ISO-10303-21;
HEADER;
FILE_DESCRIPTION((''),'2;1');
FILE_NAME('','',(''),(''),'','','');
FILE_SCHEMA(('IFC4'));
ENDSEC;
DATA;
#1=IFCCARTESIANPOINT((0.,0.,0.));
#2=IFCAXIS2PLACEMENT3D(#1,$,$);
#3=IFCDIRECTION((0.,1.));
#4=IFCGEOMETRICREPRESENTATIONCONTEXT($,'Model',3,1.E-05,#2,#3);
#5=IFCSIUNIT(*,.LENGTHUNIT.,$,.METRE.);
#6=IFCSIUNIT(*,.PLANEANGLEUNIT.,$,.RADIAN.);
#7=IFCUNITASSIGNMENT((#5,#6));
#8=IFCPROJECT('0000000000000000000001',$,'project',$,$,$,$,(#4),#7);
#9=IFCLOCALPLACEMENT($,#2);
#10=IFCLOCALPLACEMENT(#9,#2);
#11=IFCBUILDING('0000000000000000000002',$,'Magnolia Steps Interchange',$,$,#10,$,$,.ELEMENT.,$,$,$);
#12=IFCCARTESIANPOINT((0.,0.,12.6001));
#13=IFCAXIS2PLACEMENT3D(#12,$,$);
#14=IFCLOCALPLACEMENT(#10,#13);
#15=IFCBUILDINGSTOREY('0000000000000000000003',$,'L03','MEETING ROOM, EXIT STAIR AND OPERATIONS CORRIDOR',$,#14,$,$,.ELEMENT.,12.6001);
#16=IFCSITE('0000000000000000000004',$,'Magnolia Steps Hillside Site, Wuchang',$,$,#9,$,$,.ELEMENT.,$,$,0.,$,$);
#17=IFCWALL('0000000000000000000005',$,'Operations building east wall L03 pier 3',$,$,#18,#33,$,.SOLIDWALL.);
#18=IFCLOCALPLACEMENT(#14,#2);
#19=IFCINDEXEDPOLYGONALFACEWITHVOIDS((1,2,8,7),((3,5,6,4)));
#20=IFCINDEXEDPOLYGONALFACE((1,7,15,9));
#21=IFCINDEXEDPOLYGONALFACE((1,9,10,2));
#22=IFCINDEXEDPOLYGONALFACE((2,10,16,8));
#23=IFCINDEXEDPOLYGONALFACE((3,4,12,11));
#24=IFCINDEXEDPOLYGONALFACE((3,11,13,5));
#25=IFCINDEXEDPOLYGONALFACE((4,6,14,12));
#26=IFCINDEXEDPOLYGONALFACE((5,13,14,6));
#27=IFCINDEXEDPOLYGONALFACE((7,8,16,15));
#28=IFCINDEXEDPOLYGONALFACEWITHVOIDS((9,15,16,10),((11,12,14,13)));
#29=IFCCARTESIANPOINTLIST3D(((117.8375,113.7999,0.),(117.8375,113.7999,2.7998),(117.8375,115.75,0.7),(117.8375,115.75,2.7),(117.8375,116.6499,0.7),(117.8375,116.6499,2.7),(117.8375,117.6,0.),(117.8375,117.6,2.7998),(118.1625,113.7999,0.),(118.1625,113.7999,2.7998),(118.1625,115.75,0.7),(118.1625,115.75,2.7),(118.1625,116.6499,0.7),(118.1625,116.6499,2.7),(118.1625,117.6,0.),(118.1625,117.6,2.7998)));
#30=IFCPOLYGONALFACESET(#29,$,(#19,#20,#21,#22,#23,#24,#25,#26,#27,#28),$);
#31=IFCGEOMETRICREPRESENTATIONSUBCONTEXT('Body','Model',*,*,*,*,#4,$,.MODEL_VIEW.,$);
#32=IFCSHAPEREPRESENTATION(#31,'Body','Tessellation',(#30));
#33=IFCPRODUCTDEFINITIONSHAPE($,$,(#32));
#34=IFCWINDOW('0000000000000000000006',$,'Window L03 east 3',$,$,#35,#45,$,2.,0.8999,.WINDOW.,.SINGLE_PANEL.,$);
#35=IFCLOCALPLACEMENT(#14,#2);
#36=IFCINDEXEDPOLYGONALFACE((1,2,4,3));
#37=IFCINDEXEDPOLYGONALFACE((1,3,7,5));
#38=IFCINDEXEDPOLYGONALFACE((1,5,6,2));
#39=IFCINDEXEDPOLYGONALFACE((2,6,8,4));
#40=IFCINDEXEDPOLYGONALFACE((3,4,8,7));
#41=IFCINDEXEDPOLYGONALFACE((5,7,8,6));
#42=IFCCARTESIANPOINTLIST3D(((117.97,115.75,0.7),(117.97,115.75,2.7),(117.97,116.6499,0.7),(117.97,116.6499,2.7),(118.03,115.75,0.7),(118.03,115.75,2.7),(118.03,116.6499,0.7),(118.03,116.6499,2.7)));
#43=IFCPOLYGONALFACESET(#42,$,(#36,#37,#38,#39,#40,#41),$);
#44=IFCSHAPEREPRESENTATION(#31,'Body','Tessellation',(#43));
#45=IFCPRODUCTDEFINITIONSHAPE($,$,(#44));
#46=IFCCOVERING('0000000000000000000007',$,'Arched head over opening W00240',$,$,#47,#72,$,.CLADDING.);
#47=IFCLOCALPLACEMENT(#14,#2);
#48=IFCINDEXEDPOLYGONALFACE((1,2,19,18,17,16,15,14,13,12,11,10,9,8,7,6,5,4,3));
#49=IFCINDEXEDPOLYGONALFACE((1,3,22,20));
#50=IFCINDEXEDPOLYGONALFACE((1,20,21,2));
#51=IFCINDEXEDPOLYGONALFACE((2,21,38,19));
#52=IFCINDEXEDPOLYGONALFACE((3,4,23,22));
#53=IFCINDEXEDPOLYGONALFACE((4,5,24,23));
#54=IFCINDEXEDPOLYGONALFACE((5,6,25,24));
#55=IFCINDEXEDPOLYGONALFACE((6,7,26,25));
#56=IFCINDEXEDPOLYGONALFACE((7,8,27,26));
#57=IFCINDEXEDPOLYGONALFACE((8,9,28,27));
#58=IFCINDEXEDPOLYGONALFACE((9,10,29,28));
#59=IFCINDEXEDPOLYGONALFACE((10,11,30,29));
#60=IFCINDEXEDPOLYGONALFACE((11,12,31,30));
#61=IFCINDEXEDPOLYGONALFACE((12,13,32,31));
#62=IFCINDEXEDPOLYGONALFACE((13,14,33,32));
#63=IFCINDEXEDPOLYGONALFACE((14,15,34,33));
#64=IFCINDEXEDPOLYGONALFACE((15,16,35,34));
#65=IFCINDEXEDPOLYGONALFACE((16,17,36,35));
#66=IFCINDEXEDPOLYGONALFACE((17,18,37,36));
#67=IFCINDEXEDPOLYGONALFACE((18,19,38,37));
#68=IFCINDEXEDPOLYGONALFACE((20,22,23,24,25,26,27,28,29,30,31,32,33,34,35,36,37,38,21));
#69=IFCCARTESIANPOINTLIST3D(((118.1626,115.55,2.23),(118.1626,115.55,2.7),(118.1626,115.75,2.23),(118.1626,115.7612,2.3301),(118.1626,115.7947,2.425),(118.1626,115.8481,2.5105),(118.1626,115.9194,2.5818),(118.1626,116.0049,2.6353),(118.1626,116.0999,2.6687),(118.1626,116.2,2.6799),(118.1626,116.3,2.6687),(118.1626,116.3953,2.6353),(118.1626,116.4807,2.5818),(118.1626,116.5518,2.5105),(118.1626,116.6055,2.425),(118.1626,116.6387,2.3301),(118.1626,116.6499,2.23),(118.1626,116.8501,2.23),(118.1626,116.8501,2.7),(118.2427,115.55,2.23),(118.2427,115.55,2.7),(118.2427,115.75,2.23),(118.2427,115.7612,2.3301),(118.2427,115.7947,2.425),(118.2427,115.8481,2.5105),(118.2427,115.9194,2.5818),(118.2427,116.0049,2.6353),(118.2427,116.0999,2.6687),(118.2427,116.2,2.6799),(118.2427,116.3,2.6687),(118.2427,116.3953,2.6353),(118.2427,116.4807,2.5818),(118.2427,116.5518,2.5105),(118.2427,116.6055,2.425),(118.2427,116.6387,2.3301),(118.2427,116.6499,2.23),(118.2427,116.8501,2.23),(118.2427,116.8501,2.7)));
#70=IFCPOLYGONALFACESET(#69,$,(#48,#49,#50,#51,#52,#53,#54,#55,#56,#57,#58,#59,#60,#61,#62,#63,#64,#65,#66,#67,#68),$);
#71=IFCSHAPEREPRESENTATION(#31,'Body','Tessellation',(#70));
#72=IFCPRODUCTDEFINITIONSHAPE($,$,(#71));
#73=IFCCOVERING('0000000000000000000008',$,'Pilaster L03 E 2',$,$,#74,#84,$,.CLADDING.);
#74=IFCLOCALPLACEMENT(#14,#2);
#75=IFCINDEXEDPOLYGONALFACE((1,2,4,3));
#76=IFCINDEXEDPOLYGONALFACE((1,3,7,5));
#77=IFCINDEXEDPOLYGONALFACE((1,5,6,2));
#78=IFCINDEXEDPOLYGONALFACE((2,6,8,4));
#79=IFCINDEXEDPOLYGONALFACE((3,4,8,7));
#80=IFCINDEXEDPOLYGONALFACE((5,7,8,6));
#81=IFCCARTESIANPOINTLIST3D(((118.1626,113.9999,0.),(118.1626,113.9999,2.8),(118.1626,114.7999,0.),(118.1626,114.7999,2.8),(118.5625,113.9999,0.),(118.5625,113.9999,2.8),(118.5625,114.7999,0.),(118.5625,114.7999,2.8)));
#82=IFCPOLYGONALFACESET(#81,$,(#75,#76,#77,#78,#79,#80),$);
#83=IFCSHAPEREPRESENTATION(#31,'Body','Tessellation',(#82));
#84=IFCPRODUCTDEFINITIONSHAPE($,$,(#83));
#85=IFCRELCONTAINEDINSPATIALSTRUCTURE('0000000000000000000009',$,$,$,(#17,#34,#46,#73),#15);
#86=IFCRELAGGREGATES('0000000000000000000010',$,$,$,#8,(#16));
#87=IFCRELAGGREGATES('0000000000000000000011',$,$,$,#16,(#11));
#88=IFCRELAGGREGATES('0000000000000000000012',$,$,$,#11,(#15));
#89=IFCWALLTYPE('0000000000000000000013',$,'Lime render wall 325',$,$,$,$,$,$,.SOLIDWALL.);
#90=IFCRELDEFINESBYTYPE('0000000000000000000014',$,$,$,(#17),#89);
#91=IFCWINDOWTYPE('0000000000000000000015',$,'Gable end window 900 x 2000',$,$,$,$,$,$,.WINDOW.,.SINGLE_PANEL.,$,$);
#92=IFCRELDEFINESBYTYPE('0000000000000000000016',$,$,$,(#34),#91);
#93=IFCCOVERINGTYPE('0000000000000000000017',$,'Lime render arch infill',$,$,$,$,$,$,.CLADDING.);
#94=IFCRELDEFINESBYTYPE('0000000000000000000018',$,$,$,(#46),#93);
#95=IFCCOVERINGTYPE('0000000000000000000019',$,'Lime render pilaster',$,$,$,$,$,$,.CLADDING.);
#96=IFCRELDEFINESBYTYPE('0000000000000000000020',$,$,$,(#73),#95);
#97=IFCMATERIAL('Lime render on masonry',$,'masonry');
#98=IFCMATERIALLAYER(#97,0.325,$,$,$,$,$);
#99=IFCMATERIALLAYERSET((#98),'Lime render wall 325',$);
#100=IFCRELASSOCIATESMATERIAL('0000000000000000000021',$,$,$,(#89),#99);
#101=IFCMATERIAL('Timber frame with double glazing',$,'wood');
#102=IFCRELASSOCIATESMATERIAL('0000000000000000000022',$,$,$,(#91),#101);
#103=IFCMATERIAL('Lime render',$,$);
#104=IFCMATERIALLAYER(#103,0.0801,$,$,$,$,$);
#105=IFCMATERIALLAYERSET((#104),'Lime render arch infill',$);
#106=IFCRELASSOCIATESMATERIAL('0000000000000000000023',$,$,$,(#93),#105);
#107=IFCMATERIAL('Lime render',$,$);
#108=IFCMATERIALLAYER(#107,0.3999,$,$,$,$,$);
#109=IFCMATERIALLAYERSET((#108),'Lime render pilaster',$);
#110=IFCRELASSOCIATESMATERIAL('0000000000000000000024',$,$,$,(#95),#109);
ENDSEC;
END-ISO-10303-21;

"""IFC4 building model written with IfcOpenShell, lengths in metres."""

from ifc_helpers import new_model, si_unit, direction, frame, frame_2d, origin, origin_2d, place, context, subcontext, project, spatial, polyline, rectangle, outline, extrude, material, layer, layer_set, type_object, element, fill, save


model = new_model("IFC4")

# Units and contexts
model_context = context("Model", 3, precision=1e-05, world=origin(), true_north=direction((0.0, 1.0)))
body_context = subcontext(model_context, "Body", "Model", "MODEL_VIEW")
ifc_project = project(units=[si_unit("LENGTHUNIT", "METRE"), si_unit("PLANEANGLEUNIT", "RADIAN")], contexts=[model_context])

# Site, building, storey
site_placement = place(None, origin())
site = spatial("IfcSite", under=ifc_project, at=site_placement, Name="Magnolia Steps Hillside Site, Wuchang", CompositionType="ELEMENT", RefElevation=0.0)
building_placement = place(site_placement, origin())
building = spatial("IfcBuilding", under=site, at=building_placement, Name="Magnolia Steps Interchange", CompositionType="ELEMENT")
storey_placement = place(building_placement, frame((0.0, 0.0, 12.6001)))
storey = spatial("IfcBuildingStorey", under=building, at=storey_placement, Name="L03", Description="MEETING ROOM, EXIT STAIR AND OPERATIONS CORRIDOR", CompositionType="ELEMENT", Elevation=12.6001)

# Wall, opening, window
ifc_material_1 = material(Name="Lime render on masonry", Category="masonry")
ifc_layer_1 = layer(ifc_material_1, 0.325)
ifc_layer_set_1 = layer_set([ifc_layer_1], Name="Lime render wall 325")
wall_type = type_object("IfcWallType", Name="Lime render wall 325", PredefinedType="SOLIDWALL", material=ifc_layer_set_1)
wall_placement = place(storey_placement, frame((118.0, 113.8, 0.0), z_axis=(0.0, 0.0, 1.0), x_axis=(0.0, 1.0, 0.0)))
wall = element("IfcWall", 1, at=wall_placement, inside=storey, type_object=wall_type, Name="Operations building east wall L03 pier 3", PredefinedType="SOLIDWALL", context=body_context, shape_type="SweptSolid", body=[
    extrude(rectangle(XDim=3.8, YDim=0.325, at=frame_2d((1.8999, 0.0))), origin(), (0.0, 0.0, 1.0), 2.7998),
])
opening_placement = place(wall_placement, frame((1.95, 0.0, 0.7)))
opening = element("IfcOpeningElement", 2, at=opening_placement, cuts=wall, PredefinedType="OPENING", context=body_context, shape_type="SweptSolid", body=[
    extrude(rectangle(XDim=0.8999, YDim=2.0, at=frame_2d((0.45, 1.0))), frame((0.0, 0.1724, 0.0), z_axis=(0.0, -1.0, 0.0), x_axis=(1.0, 0.0, 0.0)), (0.0, 0.0, 1.0), 0.345),
])
ifc_material_2 = material(Name="Timber frame with double glazing", Category="wood")
window_type = type_object("IfcWindowType", Name="Gable end window 900 x 2000", PartitioningType="SINGLE_PANEL", PredefinedType="WINDOW", material=ifc_material_2)
window_placement = place(opening_placement, origin())
window = element("IfcWindow", 3, at=window_placement, inside=storey, type_object=window_type, Name="Window L03 east 3", OverallHeight=2.0, OverallWidth=0.8999, PartitioningType="SINGLE_PANEL", PredefinedType="WINDOW", context=body_context, shape_type="SweptSolid", body=[
    extrude(rectangle(XDim=0.8999, YDim=2.0, at=frame_2d((0.45, 1.0))), frame((0.0, 0.03, 0.0), z_axis=(0.0, -1.0, 0.0), x_axis=(1.0, 0.0, 0.0)), (0.0, 0.0, 1.0), 0.0601),
])
fill(opening, window)

# Coverings
ifc_material_3 = material(Name="Lime render")
ifc_layer_2 = layer(ifc_material_3, 0.0801)
ifc_layer_set_2 = layer_set([ifc_layer_2], Name="Lime render arch infill")
covering_type_1 = type_object("IfcCoveringType", Name="Lime render arch infill", PredefinedType="CLADDING", material=ifc_layer_set_2)
covering_1_placement = place(storey_placement, frame((118.1626, 115.55, 2.23), z_axis=(-1.0, 0.0, 0.0), x_axis=(0.0, 0.0, 1.0)))
element("IfcCovering", 4, at=covering_1_placement, inside=storey, type_object=covering_type_1, Name="Arched head over opening W00240", PredefinedType="CLADDING", context=body_context, shape_type="SweptSolid", body=[
    extrude(outline(polyline([(0.0, 0.0), (0.47, 0.0), (0.47, 1.3), (0.0, 1.3), (0.0, 1.0999), (0.1001, 1.0886), (0.1951, 1.0554), (0.2805, 1.0017), (0.3518, 0.9307), (0.4053, 0.8452), (0.4387, 0.75), (0.45, 0.6499), (0.4387, 0.5498), (0.4053, 0.4548), (0.3518, 0.3694), (0.2805, 0.2981), (0.1951, 0.2446), (0.1001, 0.2112), (0.0, 0.2), (0.0, 0.0)])), origin(), (0.0, 0.0, -1.0), 0.0801),
])
ifc_material_4 = material(Name="Lime render")
ifc_layer_3 = layer(ifc_material_4, 0.3999)
ifc_layer_set_3 = layer_set([ifc_layer_3], Name="Lime render pilaster")
covering_type_2 = type_object("IfcCoveringType", Name="Lime render pilaster", PredefinedType="CLADDING", material=ifc_layer_set_3)
covering_2_placement = place(storey_placement, frame((118.3625, 114.3999, 0.0), z_axis=(0.0, 0.0, 1.0), x_axis=(1.0, 0.0, 0.0)))
element("IfcCovering", 5, at=covering_2_placement, inside=storey, type_object=covering_type_2, Name="Pilaster L03 E 2", PredefinedType="CLADDING", context=body_context, shape_type="SweptSolid", body=[
    extrude(rectangle(XDim=0.3999, YDim=0.8, at=origin_2d()), origin(), (0.0, 0.0, 1.0), 2.8),
])

save(model, "model.ifc")
